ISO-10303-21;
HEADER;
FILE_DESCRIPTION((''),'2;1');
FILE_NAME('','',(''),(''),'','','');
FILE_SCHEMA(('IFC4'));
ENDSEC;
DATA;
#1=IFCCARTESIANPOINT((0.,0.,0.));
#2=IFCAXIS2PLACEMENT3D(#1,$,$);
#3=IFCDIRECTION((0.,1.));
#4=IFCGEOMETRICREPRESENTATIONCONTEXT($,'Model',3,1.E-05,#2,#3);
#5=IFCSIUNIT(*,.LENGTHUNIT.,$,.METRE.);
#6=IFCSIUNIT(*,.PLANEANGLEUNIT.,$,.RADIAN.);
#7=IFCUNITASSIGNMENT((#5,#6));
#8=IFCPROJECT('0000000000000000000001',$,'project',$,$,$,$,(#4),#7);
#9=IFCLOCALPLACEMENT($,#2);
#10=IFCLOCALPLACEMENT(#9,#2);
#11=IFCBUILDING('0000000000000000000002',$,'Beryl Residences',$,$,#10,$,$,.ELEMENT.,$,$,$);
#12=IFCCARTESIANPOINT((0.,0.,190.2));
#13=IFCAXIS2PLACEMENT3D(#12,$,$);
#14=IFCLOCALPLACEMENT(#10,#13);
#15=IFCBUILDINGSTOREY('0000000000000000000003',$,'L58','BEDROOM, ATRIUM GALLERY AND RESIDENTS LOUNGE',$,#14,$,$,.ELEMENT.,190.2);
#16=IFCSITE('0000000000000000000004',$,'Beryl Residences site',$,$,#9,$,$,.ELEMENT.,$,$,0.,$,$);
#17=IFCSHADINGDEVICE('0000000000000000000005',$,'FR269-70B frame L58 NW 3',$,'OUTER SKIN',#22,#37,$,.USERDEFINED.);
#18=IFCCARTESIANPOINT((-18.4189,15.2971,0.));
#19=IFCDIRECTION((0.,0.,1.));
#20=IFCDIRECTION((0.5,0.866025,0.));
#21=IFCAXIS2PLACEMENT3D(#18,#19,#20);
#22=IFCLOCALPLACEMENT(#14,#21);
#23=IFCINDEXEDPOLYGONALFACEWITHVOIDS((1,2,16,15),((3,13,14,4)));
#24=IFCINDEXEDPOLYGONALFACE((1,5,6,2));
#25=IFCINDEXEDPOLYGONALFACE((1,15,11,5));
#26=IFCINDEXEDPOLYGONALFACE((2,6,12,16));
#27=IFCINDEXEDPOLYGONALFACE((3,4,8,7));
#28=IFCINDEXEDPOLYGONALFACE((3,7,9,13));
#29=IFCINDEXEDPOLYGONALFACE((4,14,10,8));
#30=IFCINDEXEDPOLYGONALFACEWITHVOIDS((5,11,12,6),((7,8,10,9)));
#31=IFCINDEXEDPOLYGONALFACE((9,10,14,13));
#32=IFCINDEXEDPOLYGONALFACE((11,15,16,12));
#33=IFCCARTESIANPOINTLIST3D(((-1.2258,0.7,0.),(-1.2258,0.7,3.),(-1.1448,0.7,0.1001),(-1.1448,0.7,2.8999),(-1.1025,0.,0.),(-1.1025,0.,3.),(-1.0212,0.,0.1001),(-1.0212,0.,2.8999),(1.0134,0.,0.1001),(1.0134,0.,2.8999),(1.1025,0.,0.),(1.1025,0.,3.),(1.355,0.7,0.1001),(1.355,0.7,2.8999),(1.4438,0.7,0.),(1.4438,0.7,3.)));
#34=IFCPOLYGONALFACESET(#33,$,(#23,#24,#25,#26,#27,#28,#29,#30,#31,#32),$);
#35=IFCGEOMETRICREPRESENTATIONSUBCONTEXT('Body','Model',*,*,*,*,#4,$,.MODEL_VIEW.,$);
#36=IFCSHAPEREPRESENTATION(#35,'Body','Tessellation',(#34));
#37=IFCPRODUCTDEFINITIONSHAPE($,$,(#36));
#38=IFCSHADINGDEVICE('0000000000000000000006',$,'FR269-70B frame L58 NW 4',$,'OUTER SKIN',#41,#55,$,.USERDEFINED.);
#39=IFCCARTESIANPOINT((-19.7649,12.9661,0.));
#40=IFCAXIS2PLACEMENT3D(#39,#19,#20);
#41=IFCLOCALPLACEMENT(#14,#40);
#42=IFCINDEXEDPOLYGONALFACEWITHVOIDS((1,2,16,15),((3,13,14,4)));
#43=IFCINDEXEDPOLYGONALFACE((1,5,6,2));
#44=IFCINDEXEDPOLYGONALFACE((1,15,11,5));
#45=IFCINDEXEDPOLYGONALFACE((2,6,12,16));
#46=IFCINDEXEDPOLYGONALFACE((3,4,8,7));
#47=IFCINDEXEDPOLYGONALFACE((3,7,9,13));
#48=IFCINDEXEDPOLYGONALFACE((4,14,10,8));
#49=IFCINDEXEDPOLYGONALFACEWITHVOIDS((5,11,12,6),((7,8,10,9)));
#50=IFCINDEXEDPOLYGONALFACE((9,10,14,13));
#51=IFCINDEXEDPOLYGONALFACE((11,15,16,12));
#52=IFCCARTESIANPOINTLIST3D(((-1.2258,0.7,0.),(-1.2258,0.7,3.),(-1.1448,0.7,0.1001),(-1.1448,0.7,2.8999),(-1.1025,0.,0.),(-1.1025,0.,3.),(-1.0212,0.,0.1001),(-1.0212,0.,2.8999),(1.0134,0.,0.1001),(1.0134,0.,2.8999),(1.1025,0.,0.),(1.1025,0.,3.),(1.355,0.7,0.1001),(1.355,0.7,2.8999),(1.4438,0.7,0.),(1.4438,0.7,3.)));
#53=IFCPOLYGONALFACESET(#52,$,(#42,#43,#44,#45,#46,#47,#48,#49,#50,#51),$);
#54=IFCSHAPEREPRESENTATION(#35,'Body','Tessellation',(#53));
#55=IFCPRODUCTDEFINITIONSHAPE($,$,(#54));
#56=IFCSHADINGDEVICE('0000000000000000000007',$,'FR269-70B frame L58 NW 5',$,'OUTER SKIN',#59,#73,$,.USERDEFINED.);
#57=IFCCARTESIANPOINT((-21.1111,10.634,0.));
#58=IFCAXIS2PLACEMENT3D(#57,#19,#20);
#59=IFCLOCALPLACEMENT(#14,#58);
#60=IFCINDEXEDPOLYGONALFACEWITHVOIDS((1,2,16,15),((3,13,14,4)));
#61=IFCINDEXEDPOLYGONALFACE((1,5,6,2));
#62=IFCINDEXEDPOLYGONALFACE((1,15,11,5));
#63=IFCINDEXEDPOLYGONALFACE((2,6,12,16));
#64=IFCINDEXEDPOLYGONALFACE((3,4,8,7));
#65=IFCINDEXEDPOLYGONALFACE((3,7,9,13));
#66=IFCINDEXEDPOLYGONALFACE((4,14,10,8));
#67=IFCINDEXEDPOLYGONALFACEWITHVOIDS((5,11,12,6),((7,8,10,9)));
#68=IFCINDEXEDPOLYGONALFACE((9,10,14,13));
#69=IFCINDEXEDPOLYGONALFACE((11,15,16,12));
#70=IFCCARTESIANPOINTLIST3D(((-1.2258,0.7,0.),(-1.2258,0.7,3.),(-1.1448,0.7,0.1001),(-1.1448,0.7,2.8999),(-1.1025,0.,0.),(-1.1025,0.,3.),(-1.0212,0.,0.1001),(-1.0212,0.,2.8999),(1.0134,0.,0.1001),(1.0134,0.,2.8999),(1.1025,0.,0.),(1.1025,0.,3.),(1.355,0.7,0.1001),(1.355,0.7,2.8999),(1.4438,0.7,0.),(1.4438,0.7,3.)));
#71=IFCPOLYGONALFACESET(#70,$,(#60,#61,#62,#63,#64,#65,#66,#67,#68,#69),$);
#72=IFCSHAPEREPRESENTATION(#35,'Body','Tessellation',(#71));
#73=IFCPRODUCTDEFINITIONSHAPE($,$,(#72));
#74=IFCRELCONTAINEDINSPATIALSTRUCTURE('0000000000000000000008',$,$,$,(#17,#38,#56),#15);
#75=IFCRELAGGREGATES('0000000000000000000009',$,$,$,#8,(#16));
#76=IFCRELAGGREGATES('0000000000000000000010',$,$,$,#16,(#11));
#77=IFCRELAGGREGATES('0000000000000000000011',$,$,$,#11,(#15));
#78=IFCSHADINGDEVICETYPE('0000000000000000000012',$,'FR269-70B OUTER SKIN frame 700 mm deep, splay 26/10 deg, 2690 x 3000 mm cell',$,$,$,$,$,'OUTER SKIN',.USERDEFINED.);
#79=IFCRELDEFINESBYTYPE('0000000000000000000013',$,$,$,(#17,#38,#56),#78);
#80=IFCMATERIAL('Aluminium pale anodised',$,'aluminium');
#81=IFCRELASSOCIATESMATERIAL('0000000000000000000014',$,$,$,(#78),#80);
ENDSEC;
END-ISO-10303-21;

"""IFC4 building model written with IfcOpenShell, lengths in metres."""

from ifc_helpers import new_model, entity, si_unit, direction, frame, origin, place, context, subcontext, project, spatial, source, transform, mapped, material, type_object, type_shapes, element, save


model = new_model("IFC4")

# Units and contexts
model_context = context("Model", 3, precision=1e-05, world=origin(), true_north=direction((0.0, 1.0)))
body_context = subcontext(model_context, "Body", "Model", "MODEL_VIEW")
ifc_project = project(units=[si_unit("LENGTHUNIT", "METRE"), si_unit("PLANEANGLEUNIT", "RADIAN")], contexts=[model_context])

# Site, building, storey
site_placement = place(None, origin())
site = spatial("IfcSite", under=ifc_project, at=site_placement, Name="Beryl Residences site", CompositionType="ELEMENT", RefElevation=0.0)
building_placement = place(site_placement, origin())
building = spatial("IfcBuilding", under=site, at=building_placement, Name="Beryl Residences", CompositionType="ELEMENT")
storey_placement = place(building_placement, frame((0.0, 0.0, 190.2)))
storey = spatial("IfcBuildingStorey", under=building, at=storey_placement, Name="L58", Description="BEDROOM, ATRIUM GALLERY AND RESIDENTS LOUNGE", CompositionType="ELEMENT", Elevation=190.2)

# Shading devices
ifc_material_1 = material(Name="Aluminium pale anodised", Category="aluminium")
shading_device_type = type_object("IfcShadingDeviceType", Name="FR269-70B OUTER SKIN frame 700 mm deep, splay 26/10 deg, 2690 x 3000 mm cell", ElementType="OUTER SKIN", PredefinedType="USERDEFINED", material=ifc_material_1)
cartesian_point_1 = entity("IfcCartesianPoint", [-1.1025, 0.0])
cartesian_point_2 = entity("IfcCartesianPoint", [-1.0134, 0.1001])
cartesian_point_3 = entity("IfcCartesianPoint", [-1.4438, 0.0])
cartesian_point_4 = entity("IfcCartesianPoint", [-1.355, 0.1001])
shared_shape_1 = source(origin(), body_context, "Body", "SweptSolid", [
    entity("IfcExtrudedAreaSolidTapered", entity("IfcArbitraryProfileDefWithVoids", "AREA", None, entity("IfcPolyline", [cartesian_point_1, entity("IfcCartesianPoint", [1.1025, 0.0]), entity("IfcCartesianPoint", [1.1025, 3.0]), entity("IfcCartesianPoint", [-1.1025, 3.0]), cartesian_point_1]), [entity("IfcPolyline", [cartesian_point_2, entity("IfcCartesianPoint", [1.0212, 0.1001]), entity("IfcCartesianPoint", [1.0212, 2.8999]), entity("IfcCartesianPoint", [-1.0134, 2.8999]), cartesian_point_2])]), entity("IfcAxis2Placement3D", entity("IfcCartesianPoint", [0.0, 0.0, 0.0]), entity("IfcDirection", [0.0, 1.0, 0.0]), entity("IfcDirection", [-1.0, 0.0, 0.0])), entity("IfcDirection", [0.0, 0.0, 1.0]), 0.7, entity("IfcArbitraryProfileDefWithVoids", "AREA", None, entity("IfcPolyline", [cartesian_point_3, entity("IfcCartesianPoint", [1.2258, 0.0]), entity("IfcCartesianPoint", [1.2258, 3.0]), entity("IfcCartesianPoint", [-1.4438, 3.0]), cartesian_point_3]), [entity("IfcPolyline", [cartesian_point_4, entity("IfcCartesianPoint", [1.1448, 0.1001]), entity("IfcCartesianPoint", [1.1448, 2.8999]), entity("IfcCartesianPoint", [-1.355, 2.8999]), cartesian_point_4])])),
])
type_shapes(shading_device_type, [shared_shape_1])
for number, where, z_axis, x_axis, name in (
    (1, (-18.4189, 15.2971, 0.0), (0.0, 0.0, 1.0), (0.5, 0.866025, 0.0), "FR269-70B frame L58 NW 3"),
    (2, (-19.7649, 12.9661, 0.0), (0.0, 0.0, 1.0), (0.5, 0.866025, 0.0), "FR269-70B frame L58 NW 4"),
    (3, (-21.1111, 10.634, 0.0), (0.0, 0.0, 1.0), (0.5, 0.866025, 0.0), "FR269-70B frame L58 NW 5"),
):
    element("IfcShadingDevice", number, at=place(storey_placement, frame(where, z_axis=z_axis, x_axis=x_axis)), inside=storey, type_object=shading_device_type, Name=name, ObjectType="OUTER SKIN", PredefinedType="USERDEFINED", context=body_context, shape_type="MappedRepresentation", body=[
        mapped(shared_shape_1, transform((0.0, 0.0, 0.0))),
    ])

save(model, "model.ifc")
